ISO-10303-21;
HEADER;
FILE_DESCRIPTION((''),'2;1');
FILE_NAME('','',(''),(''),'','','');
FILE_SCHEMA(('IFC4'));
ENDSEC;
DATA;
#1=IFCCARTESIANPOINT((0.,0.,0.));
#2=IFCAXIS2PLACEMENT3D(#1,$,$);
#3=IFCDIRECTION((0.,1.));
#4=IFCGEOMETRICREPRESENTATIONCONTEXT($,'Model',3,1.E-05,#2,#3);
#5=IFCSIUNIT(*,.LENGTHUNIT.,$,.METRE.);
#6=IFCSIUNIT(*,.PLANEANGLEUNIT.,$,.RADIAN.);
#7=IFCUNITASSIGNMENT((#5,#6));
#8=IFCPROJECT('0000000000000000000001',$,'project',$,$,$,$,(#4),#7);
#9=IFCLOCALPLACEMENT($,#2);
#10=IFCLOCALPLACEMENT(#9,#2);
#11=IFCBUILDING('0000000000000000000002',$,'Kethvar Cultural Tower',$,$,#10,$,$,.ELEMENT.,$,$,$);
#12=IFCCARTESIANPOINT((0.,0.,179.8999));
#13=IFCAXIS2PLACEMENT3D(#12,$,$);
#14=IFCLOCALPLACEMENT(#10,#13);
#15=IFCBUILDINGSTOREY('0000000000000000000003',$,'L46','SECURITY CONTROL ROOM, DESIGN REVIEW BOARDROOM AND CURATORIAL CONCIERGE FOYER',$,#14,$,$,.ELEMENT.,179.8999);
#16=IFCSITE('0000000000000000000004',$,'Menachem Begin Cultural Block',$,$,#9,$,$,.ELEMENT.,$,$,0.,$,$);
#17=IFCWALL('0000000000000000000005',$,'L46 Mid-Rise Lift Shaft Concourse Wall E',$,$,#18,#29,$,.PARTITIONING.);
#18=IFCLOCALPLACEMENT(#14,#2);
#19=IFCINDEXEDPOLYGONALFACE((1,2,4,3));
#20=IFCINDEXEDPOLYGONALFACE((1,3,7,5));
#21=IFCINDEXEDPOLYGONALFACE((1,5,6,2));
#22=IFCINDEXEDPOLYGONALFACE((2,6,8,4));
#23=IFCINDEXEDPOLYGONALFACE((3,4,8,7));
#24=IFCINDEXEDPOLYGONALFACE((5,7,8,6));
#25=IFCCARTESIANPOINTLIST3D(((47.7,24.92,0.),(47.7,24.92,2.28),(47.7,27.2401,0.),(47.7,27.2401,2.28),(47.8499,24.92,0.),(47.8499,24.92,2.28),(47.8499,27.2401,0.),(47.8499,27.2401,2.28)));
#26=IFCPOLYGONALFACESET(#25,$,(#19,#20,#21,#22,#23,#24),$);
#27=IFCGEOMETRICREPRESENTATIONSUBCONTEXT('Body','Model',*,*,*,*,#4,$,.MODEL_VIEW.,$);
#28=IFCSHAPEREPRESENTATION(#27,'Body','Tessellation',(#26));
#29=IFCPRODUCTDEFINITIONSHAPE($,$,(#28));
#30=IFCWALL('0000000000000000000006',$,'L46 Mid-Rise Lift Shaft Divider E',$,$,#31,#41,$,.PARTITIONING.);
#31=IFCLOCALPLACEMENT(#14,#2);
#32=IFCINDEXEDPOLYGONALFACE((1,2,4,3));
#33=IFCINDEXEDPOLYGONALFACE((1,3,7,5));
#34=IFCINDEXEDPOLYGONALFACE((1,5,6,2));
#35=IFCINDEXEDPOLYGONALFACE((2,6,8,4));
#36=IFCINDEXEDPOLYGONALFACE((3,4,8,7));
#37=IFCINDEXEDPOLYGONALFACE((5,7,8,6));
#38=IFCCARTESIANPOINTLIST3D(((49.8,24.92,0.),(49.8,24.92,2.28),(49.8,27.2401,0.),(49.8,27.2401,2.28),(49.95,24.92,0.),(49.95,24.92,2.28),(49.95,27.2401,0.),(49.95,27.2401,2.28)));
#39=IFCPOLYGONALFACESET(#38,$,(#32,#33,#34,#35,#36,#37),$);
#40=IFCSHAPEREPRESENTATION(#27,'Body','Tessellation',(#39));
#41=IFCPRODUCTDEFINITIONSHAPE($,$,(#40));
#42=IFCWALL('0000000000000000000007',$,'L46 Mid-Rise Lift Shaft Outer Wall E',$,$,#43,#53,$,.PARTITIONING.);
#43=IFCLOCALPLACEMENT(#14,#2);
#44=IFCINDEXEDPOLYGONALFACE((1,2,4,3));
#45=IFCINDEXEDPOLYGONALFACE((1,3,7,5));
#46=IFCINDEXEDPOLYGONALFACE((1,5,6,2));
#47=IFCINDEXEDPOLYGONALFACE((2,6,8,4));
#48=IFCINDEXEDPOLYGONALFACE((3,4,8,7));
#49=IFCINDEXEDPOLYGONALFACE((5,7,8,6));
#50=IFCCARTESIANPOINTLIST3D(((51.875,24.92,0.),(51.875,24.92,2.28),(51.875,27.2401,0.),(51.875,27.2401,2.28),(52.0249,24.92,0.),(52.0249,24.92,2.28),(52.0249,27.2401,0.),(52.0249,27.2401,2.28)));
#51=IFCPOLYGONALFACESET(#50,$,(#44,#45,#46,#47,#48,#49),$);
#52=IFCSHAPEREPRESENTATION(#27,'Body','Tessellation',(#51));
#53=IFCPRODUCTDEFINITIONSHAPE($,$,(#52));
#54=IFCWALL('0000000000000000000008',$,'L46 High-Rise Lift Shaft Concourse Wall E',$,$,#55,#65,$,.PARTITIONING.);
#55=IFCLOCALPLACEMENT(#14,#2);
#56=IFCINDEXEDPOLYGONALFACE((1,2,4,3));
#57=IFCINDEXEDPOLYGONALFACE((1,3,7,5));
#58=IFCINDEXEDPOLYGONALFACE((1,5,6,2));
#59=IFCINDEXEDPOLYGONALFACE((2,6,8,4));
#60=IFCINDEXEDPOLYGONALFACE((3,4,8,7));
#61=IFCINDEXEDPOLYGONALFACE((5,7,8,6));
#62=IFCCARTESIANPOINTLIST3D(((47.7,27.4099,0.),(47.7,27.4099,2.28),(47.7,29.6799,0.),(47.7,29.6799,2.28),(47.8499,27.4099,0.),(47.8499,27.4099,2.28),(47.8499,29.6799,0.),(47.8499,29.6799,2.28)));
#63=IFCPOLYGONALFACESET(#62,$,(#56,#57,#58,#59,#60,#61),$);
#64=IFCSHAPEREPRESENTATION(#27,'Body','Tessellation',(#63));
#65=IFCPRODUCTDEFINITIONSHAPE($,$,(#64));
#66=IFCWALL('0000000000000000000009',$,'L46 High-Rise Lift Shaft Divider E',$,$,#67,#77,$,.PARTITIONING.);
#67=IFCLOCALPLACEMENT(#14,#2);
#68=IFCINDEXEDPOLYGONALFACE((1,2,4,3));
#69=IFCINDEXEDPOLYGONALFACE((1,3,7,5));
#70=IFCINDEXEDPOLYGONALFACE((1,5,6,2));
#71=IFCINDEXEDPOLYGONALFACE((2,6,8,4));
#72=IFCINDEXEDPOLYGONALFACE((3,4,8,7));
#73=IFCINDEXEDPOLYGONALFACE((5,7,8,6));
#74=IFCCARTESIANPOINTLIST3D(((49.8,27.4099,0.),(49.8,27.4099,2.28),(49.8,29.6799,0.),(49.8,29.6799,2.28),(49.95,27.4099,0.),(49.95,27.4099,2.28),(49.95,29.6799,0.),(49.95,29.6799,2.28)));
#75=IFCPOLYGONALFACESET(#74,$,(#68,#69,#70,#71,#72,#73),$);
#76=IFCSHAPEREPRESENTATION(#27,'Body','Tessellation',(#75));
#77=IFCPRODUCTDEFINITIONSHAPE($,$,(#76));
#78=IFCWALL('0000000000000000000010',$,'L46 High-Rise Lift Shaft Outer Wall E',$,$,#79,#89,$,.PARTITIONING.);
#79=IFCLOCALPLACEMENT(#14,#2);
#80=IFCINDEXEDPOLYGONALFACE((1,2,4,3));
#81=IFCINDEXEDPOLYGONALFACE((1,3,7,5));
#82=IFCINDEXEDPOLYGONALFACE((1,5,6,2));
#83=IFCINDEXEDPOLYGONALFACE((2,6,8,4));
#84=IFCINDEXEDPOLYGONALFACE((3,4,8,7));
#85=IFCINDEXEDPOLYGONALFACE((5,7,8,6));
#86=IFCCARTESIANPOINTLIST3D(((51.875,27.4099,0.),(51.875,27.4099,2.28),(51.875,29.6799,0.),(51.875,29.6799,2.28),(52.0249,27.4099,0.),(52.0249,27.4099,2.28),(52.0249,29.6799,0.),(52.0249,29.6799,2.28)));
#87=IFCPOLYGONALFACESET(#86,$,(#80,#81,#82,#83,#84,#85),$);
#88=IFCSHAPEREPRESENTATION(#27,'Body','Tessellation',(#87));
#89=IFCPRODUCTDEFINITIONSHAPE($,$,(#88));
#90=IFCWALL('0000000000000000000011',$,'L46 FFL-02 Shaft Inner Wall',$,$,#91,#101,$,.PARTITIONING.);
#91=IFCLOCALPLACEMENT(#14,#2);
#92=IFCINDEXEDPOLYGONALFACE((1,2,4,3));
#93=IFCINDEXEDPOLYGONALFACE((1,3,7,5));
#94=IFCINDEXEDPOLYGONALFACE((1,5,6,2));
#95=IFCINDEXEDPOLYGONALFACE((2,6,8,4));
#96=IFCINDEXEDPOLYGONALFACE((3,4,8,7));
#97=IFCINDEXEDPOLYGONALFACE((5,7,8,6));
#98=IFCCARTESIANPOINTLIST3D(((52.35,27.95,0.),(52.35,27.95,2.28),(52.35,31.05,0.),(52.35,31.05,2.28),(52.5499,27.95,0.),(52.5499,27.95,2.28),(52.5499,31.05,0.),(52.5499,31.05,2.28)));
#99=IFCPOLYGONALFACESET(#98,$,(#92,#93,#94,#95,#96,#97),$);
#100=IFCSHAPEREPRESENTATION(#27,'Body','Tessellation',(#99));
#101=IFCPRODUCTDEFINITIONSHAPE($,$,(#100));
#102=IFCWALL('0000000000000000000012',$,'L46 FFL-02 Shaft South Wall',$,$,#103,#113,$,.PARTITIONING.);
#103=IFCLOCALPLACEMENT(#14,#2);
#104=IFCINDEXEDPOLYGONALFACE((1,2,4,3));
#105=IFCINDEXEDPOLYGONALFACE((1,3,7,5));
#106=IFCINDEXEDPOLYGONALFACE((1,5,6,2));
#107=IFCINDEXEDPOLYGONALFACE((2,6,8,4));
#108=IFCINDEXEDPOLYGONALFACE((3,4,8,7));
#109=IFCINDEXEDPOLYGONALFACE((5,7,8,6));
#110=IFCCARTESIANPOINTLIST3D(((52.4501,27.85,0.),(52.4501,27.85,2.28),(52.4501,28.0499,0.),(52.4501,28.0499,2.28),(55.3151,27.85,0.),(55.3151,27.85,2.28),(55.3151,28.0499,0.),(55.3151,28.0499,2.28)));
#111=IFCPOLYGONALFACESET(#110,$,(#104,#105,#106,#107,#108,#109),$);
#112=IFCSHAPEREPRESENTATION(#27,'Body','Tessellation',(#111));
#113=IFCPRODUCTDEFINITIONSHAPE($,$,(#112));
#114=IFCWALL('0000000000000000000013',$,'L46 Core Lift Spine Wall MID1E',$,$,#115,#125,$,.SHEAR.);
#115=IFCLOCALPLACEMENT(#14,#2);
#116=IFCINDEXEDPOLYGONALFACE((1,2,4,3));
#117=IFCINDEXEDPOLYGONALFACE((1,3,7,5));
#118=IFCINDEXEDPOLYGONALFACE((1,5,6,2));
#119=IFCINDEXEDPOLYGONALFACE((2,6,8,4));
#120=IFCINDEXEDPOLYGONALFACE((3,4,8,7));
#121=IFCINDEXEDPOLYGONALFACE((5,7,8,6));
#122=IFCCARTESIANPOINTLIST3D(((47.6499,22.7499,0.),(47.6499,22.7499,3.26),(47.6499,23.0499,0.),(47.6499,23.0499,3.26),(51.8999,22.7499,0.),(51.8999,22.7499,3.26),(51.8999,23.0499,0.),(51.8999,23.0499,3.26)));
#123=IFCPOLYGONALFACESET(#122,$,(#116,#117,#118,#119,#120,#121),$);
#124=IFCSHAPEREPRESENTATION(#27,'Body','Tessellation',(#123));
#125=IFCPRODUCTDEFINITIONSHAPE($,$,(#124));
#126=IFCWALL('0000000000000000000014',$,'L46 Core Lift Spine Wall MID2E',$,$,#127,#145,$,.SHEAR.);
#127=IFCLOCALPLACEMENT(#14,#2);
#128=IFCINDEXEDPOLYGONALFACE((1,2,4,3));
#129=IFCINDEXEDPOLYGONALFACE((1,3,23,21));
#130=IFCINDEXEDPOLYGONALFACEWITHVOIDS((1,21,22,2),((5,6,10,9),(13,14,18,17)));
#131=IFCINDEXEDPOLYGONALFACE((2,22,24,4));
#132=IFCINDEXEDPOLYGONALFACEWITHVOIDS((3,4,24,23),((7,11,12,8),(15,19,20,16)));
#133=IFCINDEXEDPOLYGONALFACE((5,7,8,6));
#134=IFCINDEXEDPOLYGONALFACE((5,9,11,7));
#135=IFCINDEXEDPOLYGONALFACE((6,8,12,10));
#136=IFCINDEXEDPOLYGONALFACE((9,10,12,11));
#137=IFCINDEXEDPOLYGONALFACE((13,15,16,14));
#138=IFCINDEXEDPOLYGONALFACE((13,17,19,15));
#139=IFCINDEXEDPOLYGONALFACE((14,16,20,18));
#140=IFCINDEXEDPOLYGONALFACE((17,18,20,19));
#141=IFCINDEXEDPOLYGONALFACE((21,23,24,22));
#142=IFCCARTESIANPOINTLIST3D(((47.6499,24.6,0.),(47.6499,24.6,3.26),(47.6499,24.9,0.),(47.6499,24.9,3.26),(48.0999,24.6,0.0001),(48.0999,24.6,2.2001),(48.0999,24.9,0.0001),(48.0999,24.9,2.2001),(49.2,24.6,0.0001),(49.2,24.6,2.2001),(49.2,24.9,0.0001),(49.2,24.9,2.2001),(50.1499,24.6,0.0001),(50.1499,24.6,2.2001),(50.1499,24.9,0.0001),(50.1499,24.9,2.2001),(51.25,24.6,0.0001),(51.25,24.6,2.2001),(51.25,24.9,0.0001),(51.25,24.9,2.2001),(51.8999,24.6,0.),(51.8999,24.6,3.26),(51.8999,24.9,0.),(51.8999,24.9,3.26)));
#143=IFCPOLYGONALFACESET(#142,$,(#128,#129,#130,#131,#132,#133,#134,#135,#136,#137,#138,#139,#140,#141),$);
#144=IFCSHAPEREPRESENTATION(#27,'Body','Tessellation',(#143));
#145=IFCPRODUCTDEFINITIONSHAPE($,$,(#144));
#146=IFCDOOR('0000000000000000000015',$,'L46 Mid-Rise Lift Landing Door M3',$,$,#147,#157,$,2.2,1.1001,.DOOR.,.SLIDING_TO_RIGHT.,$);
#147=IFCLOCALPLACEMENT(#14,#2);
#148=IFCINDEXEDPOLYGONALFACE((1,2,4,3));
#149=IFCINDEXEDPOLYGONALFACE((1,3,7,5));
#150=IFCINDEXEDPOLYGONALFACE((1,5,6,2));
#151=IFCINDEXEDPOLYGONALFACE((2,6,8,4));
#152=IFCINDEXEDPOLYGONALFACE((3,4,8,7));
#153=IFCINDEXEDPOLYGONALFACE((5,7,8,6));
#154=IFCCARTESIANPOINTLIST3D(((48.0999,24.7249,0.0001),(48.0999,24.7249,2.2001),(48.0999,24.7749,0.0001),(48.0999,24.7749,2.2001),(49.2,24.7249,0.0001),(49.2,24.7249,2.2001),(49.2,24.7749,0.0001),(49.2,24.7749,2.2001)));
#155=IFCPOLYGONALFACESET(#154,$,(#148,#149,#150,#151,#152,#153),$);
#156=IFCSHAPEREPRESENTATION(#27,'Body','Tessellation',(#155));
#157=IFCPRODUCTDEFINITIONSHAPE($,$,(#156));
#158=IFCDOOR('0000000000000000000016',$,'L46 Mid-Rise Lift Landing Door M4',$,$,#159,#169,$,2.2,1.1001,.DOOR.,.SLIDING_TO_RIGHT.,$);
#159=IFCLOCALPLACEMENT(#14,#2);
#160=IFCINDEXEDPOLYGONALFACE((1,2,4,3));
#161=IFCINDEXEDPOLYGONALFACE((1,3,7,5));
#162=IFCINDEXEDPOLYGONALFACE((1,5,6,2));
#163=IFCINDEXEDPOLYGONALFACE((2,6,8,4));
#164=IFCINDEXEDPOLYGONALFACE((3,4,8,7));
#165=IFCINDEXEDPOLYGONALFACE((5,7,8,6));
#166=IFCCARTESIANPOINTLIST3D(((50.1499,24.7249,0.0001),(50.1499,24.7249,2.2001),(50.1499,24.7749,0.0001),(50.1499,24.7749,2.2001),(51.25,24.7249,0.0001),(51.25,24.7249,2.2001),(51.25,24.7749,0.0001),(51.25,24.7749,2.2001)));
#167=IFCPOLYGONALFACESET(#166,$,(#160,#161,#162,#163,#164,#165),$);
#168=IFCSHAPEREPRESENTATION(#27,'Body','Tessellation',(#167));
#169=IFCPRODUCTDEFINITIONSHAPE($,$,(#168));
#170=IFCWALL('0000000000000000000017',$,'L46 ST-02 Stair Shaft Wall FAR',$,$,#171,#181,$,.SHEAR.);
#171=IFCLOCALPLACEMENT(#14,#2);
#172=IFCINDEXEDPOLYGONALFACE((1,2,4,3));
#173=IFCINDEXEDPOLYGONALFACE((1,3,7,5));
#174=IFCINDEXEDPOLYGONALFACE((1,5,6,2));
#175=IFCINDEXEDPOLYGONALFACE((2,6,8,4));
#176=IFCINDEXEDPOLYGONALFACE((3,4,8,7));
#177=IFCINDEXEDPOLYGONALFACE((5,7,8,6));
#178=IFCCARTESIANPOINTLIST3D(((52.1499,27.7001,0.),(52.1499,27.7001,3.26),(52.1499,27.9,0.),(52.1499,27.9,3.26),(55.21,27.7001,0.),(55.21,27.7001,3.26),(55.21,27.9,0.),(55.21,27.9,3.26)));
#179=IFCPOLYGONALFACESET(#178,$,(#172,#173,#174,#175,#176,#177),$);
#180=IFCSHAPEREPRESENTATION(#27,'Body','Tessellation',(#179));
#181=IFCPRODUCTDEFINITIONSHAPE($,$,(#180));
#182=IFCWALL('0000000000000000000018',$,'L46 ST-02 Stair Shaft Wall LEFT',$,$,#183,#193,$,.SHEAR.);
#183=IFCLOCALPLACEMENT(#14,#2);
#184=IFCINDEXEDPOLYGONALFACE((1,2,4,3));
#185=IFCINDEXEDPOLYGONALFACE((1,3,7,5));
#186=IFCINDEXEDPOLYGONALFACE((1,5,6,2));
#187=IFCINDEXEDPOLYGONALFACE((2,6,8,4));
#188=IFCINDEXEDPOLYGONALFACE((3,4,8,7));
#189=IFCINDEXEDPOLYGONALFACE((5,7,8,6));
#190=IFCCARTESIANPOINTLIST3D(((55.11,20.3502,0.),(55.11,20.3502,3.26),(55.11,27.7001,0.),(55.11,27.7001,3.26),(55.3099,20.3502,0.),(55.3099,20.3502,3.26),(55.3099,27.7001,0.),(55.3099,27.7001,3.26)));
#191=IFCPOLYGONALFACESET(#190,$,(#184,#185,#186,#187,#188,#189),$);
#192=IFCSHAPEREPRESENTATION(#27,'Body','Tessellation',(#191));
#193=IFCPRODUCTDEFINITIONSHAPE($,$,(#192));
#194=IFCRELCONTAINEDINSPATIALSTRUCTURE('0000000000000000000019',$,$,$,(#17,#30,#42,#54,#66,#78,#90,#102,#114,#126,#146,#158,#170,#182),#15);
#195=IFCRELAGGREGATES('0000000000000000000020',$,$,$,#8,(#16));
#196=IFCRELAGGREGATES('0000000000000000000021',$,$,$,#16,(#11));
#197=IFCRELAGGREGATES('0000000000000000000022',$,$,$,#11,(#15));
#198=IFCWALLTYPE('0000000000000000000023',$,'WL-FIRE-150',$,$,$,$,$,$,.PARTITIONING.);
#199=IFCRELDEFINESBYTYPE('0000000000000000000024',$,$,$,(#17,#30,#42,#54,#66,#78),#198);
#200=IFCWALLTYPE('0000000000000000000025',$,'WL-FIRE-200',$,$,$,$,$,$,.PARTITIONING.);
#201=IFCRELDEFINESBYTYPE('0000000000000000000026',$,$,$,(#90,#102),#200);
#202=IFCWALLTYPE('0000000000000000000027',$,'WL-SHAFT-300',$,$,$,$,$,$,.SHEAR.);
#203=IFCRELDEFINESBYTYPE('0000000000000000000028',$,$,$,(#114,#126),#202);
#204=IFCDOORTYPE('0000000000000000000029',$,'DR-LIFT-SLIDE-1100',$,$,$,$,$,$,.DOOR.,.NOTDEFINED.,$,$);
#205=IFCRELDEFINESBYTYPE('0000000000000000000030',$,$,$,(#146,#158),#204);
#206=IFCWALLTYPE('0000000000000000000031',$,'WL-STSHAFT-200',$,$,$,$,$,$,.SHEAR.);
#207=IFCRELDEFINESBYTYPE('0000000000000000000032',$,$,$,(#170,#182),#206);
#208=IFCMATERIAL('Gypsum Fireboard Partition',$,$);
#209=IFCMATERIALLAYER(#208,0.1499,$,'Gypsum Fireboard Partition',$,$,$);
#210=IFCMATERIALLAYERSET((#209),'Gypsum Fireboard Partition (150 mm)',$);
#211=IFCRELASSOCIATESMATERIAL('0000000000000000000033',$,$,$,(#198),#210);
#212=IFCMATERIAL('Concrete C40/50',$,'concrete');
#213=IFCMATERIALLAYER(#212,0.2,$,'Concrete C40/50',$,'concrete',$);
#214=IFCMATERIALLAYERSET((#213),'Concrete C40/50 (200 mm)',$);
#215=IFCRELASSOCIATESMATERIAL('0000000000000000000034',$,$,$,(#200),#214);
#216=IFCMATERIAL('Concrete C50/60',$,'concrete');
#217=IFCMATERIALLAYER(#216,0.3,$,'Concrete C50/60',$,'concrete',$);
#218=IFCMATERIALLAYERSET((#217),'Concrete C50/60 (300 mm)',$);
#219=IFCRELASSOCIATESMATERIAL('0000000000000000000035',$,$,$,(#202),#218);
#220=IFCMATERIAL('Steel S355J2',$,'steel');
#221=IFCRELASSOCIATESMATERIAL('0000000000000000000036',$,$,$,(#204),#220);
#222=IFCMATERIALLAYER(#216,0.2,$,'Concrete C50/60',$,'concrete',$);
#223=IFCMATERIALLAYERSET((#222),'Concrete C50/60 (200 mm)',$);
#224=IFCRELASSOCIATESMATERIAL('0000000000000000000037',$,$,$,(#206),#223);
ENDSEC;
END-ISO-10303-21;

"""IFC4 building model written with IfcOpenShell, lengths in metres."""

from ifc_helpers import new_model, si_unit, direction, frame, frame_2d, origin, place, context, subcontext, project, spatial, rectangle, extrude, source, transform, mapped, material, layer, layer_set, type_object, element, fill, save


model = new_model("IFC4")

# Units and contexts
model_context = context("Model", 3, precision=1e-05, world=origin(), true_north=direction((0.0, 1.0)))
body_context = subcontext(model_context, "Body", "Model", "MODEL_VIEW")
ifc_project = project(units=[si_unit("LENGTHUNIT", "METRE"), si_unit("PLANEANGLEUNIT", "RADIAN")], contexts=[model_context])

# Site, building, storey
site_placement = place(None, origin())
site = spatial("IfcSite", under=ifc_project, at=site_placement, Name="Menachem Begin Cultural Block", CompositionType="ELEMENT", RefElevation=0.0)
building_placement = place(site_placement, origin())
building = spatial("IfcBuilding", under=site, at=building_placement, Name="Kethvar Cultural Tower", CompositionType="ELEMENT")
storey_placement = place(building_placement, frame((0.0, 0.0, 179.8999)))
storey = spatial("IfcBuildingStorey", under=building, at=storey_placement, Name="L46", Description="SECURITY CONTROL ROOM, DESIGN REVIEW BOARDROOM AND CURATORIAL CONCIERGE FOYER", CompositionType="ELEMENT", Elevation=179.8999)

# Shared definitions
ifc_material_1 = material(Name="Steel S355J2", Category="steel")

# Walls
ifc_material_2 = material(Name="Gypsum Fireboard Partition")
ifc_layer_1 = layer(ifc_material_2, 0.1499, Name="Gypsum Fireboard Partition")
ifc_layer_set_1 = layer_set([ifc_layer_1], Name="Gypsum Fireboard Partition (150 mm)")
wall_type_1 = type_object("IfcWallType", Name="WL-FIRE-150", PredefinedType="PARTITIONING", material=ifc_layer_set_1)
for number, where, z_axis, x_axis, name in (
    (1, (47.7749, 24.9199, 0.0), (0.0, 0.0, 1.0), (0.0, 1.0, 0.0), "L46 Mid-Rise Lift Shaft Concourse Wall E"),
    (2, (49.875, 24.9199, 0.0), (0.0, 0.0, 1.0), (0.0, 1.0, 0.0), "L46 Mid-Rise Lift Shaft Divider E"),
    (3, (51.95, 24.9199, 0.0), (0.0, 0.0, 1.0), (0.0, 1.0, 0.0), "L46 Mid-Rise Lift Shaft Outer Wall E"),
):
    element("IfcWall", number, at=place(storey_placement, frame(where, z_axis=z_axis, x_axis=x_axis)), inside=storey, type_object=wall_type_1, Name=name, PredefinedType="PARTITIONING", context=body_context, shape_type="SweptSolid", body=[
        extrude(rectangle(XDim=2.3201, YDim=0.1499, at=frame_2d((1.1602, 0.0))), origin(), (0.0, 0.0, 1.0), 2.28),
    ])
for number, where, z_axis, x_axis, name in (
    (4, (47.7749, 27.4099, 0.0), (0.0, 0.0, 1.0), (0.0, 1.0, 0.0), "L46 High-Rise Lift Shaft Concourse Wall E"),
    (5, (49.875, 27.4099, 0.0), (0.0, 0.0, 1.0), (0.0, 1.0, 0.0), "L46 High-Rise Lift Shaft Divider E"),
    (6, (51.95, 27.4099, 0.0), (0.0, 0.0, 1.0), (0.0, 1.0, 0.0), "L46 High-Rise Lift Shaft Outer Wall E"),
):
    element("IfcWall", number, at=place(storey_placement, frame(where, z_axis=z_axis, x_axis=x_axis)), inside=storey, type_object=wall_type_1, Name=name, PredefinedType="PARTITIONING", context=body_context, shape_type="SweptSolid", body=[
        extrude(rectangle(XDim=2.27, YDim=0.1499, at=frame_2d((1.135, 0.0))), origin(), (0.0, 0.0, 1.0), 2.28),
    ])
ifc_material_3 = material(Name="Concrete C40/50", Category="concrete")
ifc_layer_2 = layer(ifc_material_3, 0.2, Name="Concrete C40/50", Category="concrete")
ifc_layer_set_2 = layer_set([ifc_layer_2], Name="Concrete C40/50 (200 mm)")
wall_type_2 = type_object("IfcWallType", Name="WL-FIRE-200", PredefinedType="PARTITIONING", material=ifc_layer_set_2)
wall_1_placement = place(storey_placement, frame((52.45, 27.95, 0.0), z_axis=(0.0, 0.0, 1.0), x_axis=(0.0, 1.0, 0.0)))
element("IfcWall", 7, at=wall_1_placement, inside=storey, type_object=wall_type_2, Name="L46 FFL-02 Shaft Inner Wall", PredefinedType="PARTITIONING", context=body_context, shape_type="SweptSolid", body=[
    extrude(rectangle(XDim=3.1001, YDim=0.2, at=frame_2d((1.55, 0.0))), origin(), (0.0, 0.0, 1.0), 2.28),
])
wall_2_placement = place(storey_placement, frame((52.45, 27.95, 0.0), z_axis=(0.0, 0.0, 1.0), x_axis=(1.0, 0.0, 0.0)))
element("IfcWall", 8, at=wall_2_placement, inside=storey, type_object=wall_type_2, Name="L46 FFL-02 Shaft South Wall", PredefinedType="PARTITIONING", context=body_context, shape_type="SweptSolid", body=[
    extrude(rectangle(XDim=2.865, YDim=0.2, at=frame_2d((1.4326, 0.0))), origin(), (0.0, 0.0, 1.0), 2.28),
])
ifc_material_4 = material(Name="Concrete C50/60", Category="concrete")
ifc_layer_3 = layer(ifc_material_4, 0.3, Name="Concrete C50/60", Category="concrete")
ifc_layer_set_3 = layer_set([ifc_layer_3], Name="Concrete C50/60 (300 mm)")
wall_type_3 = type_object("IfcWallType", Name="WL-SHAFT-300", PredefinedType="SHEAR", material=ifc_layer_set_3)
wall_3_placement = place(storey_placement, frame((47.6499, 22.8999, 0.0), z_axis=(0.0, 0.0, 1.0), x_axis=(1.0, 0.0, 0.0)))
element("IfcWall", 9, at=wall_3_placement, inside=storey, type_object=wall_type_3, Name="L46 Core Lift Spine Wall MID1E", PredefinedType="SHEAR", context=body_context, shape_type="SweptSolid", body=[
    extrude(rectangle(XDim=4.25, YDim=0.3, at=frame_2d((2.125, 0.0))), origin(), (0.0, 0.0, 1.0), 3.26),
])

# Wall, openings, doors
wall_4_placement = place(storey_placement, frame((47.6499, 24.75, 0.0), z_axis=(0.0, 0.0, 1.0), x_axis=(1.0, 0.0, 0.0)))
wall_4 = element("IfcWall", 10, at=wall_4_placement, inside=storey, type_object=wall_type_3, Name="L46 Core Lift Spine Wall MID2E", PredefinedType="SHEAR", context=body_context, shape_type="SweptSolid", body=[
    extrude(rectangle(XDim=4.25, YDim=0.3, at=frame_2d((2.125, 0.0))), origin(), (0.0, 0.0, 1.0), 3.26),
])
opening_1_placement = place(wall_4_placement, frame((0.45, 0.0, 0.0)))
opening_1 = element("IfcOpeningElement", 11, at=opening_1_placement, cuts=wall_4, PredefinedType="OPENING", context=body_context, shape_type="SweptSolid", body=[
    extrude(rectangle(XDim=1.1001, YDim=2.2, at=frame_2d((0.55, 1.1001))), frame((0.0, 0.1599, 0.0), z_axis=(0.0, -1.0, 0.0), x_axis=(1.0, 0.0, 0.0)), (0.0, 0.0, 1.0), 0.3201),
])
opening_2_placement = place(wall_4_placement, frame((2.5, 0.0, 0.0)))
opening_2 = element("IfcOpeningElement", 12, at=opening_2_placement, cuts=wall_4, PredefinedType="OPENING", context=body_context, shape_type="SweptSolid", body=[
    extrude(rectangle(XDim=1.1001, YDim=2.2, at=frame_2d((0.55, 1.1001))), frame((0.0, 0.1599, 0.0), z_axis=(0.0, -1.0, 0.0), x_axis=(1.0, 0.0, 0.0)), (0.0, 0.0, 1.0), 0.3201),
])
door_type = type_object("IfcDoorType", Name="DR-LIFT-SLIDE-1100", OperationType="NOTDEFINED", PredefinedType="DOOR", material=ifc_material_1)
shared_shape_1 = source(origin(), body_context, "Body", "SweptSolid", [
    extrude(rectangle(XDim=1.1001, YDim=2.2, at=frame_2d((0.55, 1.1001))), frame((0.0, 0.0249, 0.0), z_axis=(0.0, -1.0, 0.0), x_axis=(1.0, 0.0, 0.0)), (0.0, 0.0, 1.0), 0.05),
])
door_1_placement = place(opening_1_placement, origin())
door_1 = element("IfcDoor", 13, at=door_1_placement, inside=storey, type_object=door_type, Name="L46 Mid-Rise Lift Landing Door M3", OperationType="SLIDING_TO_RIGHT", OverallHeight=2.2, OverallWidth=1.1001, PredefinedType="DOOR", context=body_context, shape_type="MappedRepresentation", body=[
    mapped(shared_shape_1, transform((0.0, 0.0, 0.0), scale=1.0)),
])
fill(opening_1, door_1)
door_2_placement = place(opening_2_placement, origin())
door_2 = element("IfcDoor", 14, at=door_2_placement, inside=storey, type_object=door_type, Name="L46 Mid-Rise Lift Landing Door M4", OperationType="SLIDING_TO_RIGHT", OverallHeight=2.2, OverallWidth=1.1001, PredefinedType="DOOR", context=body_context, shape_type="MappedRepresentation", body=[
    mapped(shared_shape_1, transform((0.0, 0.0, 0.0), scale=1.0)),
])
fill(opening_2, door_2)

# Walls
ifc_layer_4 = layer(ifc_material_4, 0.2, Name="Concrete C50/60", Category="concrete")
ifc_layer_set_4 = layer_set([ifc_layer_4], Name="Concrete C50/60 (200 mm)")
wall_type_4 = type_object("IfcWallType", Name="WL-STSHAFT-200", PredefinedType="SHEAR", material=ifc_layer_set_4)
wall_5_placement = place(storey_placement, frame((52.1499, 27.8, 0.0), z_axis=(0.0, 0.0, 1.0), x_axis=(1.0, 0.0, 0.0)))
element("IfcWall", 15, at=wall_5_placement, inside=storey, type_object=wall_type_4, Name="L46 ST-02 Stair Shaft Wall FAR", PredefinedType="SHEAR", context=body_context, shape_type="SweptSolid", body=[
    extrude(rectangle(XDim=3.0601, YDim=0.2, at=frame_2d((1.53, 0.0))), origin(), (0.0, 0.0, 1.0), 3.26),
])
for number, where, z_axis, x_axis, name in (
    (16, (55.21, 27.7, 0.0), (0.0, 0.0, 1.0), (0.0, -1.0, 0.0), "L46 ST-02 Stair Shaft Wall LEFT"),
):
    element("IfcWall", number, at=place(storey_placement, frame(where, z_axis=z_axis, x_axis=x_axis)), inside=storey, type_object=wall_type_4, Name=name, PredefinedType="SHEAR", context=body_context, shape_type="SweptSolid", body=[
        extrude(rectangle(XDim=7.3499, YDim=0.2, at=frame_2d((3.6748, 0.0))), origin(), (0.0, 0.0, 1.0), 3.26),
    ])

save(model, "model.ifc")
